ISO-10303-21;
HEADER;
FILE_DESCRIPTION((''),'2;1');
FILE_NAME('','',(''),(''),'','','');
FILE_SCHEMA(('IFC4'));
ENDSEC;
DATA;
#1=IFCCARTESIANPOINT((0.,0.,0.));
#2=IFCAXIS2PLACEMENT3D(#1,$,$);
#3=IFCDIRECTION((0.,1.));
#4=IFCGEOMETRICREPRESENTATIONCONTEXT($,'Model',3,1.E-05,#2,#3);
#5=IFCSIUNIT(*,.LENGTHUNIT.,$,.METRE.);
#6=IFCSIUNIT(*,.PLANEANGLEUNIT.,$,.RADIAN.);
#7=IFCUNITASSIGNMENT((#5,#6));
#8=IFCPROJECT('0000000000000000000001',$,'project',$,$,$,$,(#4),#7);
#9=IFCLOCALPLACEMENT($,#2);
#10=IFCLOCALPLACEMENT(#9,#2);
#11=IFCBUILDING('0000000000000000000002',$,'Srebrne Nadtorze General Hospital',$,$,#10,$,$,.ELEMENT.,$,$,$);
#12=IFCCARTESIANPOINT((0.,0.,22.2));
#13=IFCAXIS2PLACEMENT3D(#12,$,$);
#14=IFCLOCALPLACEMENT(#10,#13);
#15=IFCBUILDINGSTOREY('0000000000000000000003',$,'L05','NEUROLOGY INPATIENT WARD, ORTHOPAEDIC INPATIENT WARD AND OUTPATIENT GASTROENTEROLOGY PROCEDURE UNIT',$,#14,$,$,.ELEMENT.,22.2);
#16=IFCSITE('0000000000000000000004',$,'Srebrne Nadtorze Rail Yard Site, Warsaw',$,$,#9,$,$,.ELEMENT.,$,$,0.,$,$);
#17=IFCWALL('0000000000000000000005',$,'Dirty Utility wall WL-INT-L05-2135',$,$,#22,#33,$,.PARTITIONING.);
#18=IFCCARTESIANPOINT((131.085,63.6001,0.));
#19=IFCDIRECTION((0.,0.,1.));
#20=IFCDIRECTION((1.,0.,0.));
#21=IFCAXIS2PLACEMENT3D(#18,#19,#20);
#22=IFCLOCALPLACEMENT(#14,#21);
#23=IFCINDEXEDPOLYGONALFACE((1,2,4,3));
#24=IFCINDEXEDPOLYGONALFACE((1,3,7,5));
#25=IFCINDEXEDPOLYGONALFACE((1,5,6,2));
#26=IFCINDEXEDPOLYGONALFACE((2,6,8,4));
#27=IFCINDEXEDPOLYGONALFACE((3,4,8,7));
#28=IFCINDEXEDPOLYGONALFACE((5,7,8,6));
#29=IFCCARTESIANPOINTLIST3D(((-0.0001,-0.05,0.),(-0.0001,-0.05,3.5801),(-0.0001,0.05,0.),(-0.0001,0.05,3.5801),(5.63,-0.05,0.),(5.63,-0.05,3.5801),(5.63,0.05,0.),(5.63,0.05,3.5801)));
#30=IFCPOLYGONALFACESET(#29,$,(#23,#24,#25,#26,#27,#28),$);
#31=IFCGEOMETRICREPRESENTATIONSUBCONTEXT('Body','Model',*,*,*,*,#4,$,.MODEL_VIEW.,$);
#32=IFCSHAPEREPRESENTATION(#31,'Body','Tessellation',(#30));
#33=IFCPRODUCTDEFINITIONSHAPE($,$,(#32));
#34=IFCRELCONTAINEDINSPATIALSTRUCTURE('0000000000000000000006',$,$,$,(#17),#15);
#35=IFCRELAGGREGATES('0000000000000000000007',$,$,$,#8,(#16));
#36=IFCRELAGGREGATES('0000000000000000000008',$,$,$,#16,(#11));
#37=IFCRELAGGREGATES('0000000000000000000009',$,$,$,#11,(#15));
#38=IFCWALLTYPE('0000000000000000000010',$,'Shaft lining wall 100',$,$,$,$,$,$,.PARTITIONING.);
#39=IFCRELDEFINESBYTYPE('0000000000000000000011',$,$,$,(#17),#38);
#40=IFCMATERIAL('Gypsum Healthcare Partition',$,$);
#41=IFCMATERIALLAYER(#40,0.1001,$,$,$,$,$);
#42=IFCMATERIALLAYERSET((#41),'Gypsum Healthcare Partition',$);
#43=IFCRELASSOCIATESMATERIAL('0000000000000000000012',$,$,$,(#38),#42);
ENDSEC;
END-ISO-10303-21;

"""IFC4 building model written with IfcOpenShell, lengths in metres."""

from ifc_helpers import new_model, si_unit, direction, frame, frame_2d, origin, place, context, subcontext, project, spatial, rectangle, extrude, material, layer, layer_set, type_object, element, save


model = new_model("IFC4")

# Units and contexts
model_context = context("Model", 3, precision=1e-05, world=origin(), true_north=direction((0.0, 1.0)))
body_context = subcontext(model_context, "Body", "Model", "MODEL_VIEW")
ifc_project = project(units=[si_unit("LENGTHUNIT", "METRE"), si_unit("PLANEANGLEUNIT", "RADIAN")], contexts=[model_context])

# Site, building, storey
site_placement = place(None, origin())
site = spatial("IfcSite", under=ifc_project, at=site_placement, Name="Srebrne Nadtorze Rail Yard Site, Warsaw", CompositionType="ELEMENT", RefElevation=0.0)
building_placement = place(site_placement, origin())
building = spatial("IfcBuilding", under=site, at=building_placement, Name="Srebrne Nadtorze General Hospital", CompositionType="ELEMENT")
storey_placement = place(building_placement, frame((0.0, 0.0, 22.2)))
storey = spatial("IfcBuildingStorey", under=building, at=storey_placement, Name="L05", Description="NEUROLOGY INPATIENT WARD, ORTHOPAEDIC INPATIENT WARD AND OUTPATIENT GASTROENTEROLOGY PROCEDURE UNIT", CompositionType="ELEMENT", Elevation=22.2)

# Shared definitions
ifc_material_1 = material(Name="Gypsum Healthcare Partition")
ifc_layer_1 = layer(ifc_material_1, 0.1001)
ifc_layer_set_1 = layer_set([ifc_layer_1], Name="Gypsum Healthcare Partition")
wall_type_1 = type_object("IfcWallType", Name="Shaft lining wall 100", PredefinedType="PARTITIONING", material=ifc_layer_set_1)

# Wall
wall_1_placement = place(storey_placement, frame((131.085, 63.6001, 0.0), z_axis=(0.0, 0.0, 1.0), x_axis=(1.0, 0.0, 0.0)))
element("IfcWall", 1, at=wall_1_placement, inside=storey, type_object=wall_type_1, Name="Dirty Utility wall WL-INT-L05-2135", PredefinedType="PARTITIONING", context=body_context, shape_type="SweptSolid", body=[
    extrude(rectangle(XDim=5.6301, YDim=0.1001, at=frame_2d((2.8149, 0.0))), origin(), (0.0, 0.0, 1.0), 3.5801),
])

save(model, "model.ifc")
